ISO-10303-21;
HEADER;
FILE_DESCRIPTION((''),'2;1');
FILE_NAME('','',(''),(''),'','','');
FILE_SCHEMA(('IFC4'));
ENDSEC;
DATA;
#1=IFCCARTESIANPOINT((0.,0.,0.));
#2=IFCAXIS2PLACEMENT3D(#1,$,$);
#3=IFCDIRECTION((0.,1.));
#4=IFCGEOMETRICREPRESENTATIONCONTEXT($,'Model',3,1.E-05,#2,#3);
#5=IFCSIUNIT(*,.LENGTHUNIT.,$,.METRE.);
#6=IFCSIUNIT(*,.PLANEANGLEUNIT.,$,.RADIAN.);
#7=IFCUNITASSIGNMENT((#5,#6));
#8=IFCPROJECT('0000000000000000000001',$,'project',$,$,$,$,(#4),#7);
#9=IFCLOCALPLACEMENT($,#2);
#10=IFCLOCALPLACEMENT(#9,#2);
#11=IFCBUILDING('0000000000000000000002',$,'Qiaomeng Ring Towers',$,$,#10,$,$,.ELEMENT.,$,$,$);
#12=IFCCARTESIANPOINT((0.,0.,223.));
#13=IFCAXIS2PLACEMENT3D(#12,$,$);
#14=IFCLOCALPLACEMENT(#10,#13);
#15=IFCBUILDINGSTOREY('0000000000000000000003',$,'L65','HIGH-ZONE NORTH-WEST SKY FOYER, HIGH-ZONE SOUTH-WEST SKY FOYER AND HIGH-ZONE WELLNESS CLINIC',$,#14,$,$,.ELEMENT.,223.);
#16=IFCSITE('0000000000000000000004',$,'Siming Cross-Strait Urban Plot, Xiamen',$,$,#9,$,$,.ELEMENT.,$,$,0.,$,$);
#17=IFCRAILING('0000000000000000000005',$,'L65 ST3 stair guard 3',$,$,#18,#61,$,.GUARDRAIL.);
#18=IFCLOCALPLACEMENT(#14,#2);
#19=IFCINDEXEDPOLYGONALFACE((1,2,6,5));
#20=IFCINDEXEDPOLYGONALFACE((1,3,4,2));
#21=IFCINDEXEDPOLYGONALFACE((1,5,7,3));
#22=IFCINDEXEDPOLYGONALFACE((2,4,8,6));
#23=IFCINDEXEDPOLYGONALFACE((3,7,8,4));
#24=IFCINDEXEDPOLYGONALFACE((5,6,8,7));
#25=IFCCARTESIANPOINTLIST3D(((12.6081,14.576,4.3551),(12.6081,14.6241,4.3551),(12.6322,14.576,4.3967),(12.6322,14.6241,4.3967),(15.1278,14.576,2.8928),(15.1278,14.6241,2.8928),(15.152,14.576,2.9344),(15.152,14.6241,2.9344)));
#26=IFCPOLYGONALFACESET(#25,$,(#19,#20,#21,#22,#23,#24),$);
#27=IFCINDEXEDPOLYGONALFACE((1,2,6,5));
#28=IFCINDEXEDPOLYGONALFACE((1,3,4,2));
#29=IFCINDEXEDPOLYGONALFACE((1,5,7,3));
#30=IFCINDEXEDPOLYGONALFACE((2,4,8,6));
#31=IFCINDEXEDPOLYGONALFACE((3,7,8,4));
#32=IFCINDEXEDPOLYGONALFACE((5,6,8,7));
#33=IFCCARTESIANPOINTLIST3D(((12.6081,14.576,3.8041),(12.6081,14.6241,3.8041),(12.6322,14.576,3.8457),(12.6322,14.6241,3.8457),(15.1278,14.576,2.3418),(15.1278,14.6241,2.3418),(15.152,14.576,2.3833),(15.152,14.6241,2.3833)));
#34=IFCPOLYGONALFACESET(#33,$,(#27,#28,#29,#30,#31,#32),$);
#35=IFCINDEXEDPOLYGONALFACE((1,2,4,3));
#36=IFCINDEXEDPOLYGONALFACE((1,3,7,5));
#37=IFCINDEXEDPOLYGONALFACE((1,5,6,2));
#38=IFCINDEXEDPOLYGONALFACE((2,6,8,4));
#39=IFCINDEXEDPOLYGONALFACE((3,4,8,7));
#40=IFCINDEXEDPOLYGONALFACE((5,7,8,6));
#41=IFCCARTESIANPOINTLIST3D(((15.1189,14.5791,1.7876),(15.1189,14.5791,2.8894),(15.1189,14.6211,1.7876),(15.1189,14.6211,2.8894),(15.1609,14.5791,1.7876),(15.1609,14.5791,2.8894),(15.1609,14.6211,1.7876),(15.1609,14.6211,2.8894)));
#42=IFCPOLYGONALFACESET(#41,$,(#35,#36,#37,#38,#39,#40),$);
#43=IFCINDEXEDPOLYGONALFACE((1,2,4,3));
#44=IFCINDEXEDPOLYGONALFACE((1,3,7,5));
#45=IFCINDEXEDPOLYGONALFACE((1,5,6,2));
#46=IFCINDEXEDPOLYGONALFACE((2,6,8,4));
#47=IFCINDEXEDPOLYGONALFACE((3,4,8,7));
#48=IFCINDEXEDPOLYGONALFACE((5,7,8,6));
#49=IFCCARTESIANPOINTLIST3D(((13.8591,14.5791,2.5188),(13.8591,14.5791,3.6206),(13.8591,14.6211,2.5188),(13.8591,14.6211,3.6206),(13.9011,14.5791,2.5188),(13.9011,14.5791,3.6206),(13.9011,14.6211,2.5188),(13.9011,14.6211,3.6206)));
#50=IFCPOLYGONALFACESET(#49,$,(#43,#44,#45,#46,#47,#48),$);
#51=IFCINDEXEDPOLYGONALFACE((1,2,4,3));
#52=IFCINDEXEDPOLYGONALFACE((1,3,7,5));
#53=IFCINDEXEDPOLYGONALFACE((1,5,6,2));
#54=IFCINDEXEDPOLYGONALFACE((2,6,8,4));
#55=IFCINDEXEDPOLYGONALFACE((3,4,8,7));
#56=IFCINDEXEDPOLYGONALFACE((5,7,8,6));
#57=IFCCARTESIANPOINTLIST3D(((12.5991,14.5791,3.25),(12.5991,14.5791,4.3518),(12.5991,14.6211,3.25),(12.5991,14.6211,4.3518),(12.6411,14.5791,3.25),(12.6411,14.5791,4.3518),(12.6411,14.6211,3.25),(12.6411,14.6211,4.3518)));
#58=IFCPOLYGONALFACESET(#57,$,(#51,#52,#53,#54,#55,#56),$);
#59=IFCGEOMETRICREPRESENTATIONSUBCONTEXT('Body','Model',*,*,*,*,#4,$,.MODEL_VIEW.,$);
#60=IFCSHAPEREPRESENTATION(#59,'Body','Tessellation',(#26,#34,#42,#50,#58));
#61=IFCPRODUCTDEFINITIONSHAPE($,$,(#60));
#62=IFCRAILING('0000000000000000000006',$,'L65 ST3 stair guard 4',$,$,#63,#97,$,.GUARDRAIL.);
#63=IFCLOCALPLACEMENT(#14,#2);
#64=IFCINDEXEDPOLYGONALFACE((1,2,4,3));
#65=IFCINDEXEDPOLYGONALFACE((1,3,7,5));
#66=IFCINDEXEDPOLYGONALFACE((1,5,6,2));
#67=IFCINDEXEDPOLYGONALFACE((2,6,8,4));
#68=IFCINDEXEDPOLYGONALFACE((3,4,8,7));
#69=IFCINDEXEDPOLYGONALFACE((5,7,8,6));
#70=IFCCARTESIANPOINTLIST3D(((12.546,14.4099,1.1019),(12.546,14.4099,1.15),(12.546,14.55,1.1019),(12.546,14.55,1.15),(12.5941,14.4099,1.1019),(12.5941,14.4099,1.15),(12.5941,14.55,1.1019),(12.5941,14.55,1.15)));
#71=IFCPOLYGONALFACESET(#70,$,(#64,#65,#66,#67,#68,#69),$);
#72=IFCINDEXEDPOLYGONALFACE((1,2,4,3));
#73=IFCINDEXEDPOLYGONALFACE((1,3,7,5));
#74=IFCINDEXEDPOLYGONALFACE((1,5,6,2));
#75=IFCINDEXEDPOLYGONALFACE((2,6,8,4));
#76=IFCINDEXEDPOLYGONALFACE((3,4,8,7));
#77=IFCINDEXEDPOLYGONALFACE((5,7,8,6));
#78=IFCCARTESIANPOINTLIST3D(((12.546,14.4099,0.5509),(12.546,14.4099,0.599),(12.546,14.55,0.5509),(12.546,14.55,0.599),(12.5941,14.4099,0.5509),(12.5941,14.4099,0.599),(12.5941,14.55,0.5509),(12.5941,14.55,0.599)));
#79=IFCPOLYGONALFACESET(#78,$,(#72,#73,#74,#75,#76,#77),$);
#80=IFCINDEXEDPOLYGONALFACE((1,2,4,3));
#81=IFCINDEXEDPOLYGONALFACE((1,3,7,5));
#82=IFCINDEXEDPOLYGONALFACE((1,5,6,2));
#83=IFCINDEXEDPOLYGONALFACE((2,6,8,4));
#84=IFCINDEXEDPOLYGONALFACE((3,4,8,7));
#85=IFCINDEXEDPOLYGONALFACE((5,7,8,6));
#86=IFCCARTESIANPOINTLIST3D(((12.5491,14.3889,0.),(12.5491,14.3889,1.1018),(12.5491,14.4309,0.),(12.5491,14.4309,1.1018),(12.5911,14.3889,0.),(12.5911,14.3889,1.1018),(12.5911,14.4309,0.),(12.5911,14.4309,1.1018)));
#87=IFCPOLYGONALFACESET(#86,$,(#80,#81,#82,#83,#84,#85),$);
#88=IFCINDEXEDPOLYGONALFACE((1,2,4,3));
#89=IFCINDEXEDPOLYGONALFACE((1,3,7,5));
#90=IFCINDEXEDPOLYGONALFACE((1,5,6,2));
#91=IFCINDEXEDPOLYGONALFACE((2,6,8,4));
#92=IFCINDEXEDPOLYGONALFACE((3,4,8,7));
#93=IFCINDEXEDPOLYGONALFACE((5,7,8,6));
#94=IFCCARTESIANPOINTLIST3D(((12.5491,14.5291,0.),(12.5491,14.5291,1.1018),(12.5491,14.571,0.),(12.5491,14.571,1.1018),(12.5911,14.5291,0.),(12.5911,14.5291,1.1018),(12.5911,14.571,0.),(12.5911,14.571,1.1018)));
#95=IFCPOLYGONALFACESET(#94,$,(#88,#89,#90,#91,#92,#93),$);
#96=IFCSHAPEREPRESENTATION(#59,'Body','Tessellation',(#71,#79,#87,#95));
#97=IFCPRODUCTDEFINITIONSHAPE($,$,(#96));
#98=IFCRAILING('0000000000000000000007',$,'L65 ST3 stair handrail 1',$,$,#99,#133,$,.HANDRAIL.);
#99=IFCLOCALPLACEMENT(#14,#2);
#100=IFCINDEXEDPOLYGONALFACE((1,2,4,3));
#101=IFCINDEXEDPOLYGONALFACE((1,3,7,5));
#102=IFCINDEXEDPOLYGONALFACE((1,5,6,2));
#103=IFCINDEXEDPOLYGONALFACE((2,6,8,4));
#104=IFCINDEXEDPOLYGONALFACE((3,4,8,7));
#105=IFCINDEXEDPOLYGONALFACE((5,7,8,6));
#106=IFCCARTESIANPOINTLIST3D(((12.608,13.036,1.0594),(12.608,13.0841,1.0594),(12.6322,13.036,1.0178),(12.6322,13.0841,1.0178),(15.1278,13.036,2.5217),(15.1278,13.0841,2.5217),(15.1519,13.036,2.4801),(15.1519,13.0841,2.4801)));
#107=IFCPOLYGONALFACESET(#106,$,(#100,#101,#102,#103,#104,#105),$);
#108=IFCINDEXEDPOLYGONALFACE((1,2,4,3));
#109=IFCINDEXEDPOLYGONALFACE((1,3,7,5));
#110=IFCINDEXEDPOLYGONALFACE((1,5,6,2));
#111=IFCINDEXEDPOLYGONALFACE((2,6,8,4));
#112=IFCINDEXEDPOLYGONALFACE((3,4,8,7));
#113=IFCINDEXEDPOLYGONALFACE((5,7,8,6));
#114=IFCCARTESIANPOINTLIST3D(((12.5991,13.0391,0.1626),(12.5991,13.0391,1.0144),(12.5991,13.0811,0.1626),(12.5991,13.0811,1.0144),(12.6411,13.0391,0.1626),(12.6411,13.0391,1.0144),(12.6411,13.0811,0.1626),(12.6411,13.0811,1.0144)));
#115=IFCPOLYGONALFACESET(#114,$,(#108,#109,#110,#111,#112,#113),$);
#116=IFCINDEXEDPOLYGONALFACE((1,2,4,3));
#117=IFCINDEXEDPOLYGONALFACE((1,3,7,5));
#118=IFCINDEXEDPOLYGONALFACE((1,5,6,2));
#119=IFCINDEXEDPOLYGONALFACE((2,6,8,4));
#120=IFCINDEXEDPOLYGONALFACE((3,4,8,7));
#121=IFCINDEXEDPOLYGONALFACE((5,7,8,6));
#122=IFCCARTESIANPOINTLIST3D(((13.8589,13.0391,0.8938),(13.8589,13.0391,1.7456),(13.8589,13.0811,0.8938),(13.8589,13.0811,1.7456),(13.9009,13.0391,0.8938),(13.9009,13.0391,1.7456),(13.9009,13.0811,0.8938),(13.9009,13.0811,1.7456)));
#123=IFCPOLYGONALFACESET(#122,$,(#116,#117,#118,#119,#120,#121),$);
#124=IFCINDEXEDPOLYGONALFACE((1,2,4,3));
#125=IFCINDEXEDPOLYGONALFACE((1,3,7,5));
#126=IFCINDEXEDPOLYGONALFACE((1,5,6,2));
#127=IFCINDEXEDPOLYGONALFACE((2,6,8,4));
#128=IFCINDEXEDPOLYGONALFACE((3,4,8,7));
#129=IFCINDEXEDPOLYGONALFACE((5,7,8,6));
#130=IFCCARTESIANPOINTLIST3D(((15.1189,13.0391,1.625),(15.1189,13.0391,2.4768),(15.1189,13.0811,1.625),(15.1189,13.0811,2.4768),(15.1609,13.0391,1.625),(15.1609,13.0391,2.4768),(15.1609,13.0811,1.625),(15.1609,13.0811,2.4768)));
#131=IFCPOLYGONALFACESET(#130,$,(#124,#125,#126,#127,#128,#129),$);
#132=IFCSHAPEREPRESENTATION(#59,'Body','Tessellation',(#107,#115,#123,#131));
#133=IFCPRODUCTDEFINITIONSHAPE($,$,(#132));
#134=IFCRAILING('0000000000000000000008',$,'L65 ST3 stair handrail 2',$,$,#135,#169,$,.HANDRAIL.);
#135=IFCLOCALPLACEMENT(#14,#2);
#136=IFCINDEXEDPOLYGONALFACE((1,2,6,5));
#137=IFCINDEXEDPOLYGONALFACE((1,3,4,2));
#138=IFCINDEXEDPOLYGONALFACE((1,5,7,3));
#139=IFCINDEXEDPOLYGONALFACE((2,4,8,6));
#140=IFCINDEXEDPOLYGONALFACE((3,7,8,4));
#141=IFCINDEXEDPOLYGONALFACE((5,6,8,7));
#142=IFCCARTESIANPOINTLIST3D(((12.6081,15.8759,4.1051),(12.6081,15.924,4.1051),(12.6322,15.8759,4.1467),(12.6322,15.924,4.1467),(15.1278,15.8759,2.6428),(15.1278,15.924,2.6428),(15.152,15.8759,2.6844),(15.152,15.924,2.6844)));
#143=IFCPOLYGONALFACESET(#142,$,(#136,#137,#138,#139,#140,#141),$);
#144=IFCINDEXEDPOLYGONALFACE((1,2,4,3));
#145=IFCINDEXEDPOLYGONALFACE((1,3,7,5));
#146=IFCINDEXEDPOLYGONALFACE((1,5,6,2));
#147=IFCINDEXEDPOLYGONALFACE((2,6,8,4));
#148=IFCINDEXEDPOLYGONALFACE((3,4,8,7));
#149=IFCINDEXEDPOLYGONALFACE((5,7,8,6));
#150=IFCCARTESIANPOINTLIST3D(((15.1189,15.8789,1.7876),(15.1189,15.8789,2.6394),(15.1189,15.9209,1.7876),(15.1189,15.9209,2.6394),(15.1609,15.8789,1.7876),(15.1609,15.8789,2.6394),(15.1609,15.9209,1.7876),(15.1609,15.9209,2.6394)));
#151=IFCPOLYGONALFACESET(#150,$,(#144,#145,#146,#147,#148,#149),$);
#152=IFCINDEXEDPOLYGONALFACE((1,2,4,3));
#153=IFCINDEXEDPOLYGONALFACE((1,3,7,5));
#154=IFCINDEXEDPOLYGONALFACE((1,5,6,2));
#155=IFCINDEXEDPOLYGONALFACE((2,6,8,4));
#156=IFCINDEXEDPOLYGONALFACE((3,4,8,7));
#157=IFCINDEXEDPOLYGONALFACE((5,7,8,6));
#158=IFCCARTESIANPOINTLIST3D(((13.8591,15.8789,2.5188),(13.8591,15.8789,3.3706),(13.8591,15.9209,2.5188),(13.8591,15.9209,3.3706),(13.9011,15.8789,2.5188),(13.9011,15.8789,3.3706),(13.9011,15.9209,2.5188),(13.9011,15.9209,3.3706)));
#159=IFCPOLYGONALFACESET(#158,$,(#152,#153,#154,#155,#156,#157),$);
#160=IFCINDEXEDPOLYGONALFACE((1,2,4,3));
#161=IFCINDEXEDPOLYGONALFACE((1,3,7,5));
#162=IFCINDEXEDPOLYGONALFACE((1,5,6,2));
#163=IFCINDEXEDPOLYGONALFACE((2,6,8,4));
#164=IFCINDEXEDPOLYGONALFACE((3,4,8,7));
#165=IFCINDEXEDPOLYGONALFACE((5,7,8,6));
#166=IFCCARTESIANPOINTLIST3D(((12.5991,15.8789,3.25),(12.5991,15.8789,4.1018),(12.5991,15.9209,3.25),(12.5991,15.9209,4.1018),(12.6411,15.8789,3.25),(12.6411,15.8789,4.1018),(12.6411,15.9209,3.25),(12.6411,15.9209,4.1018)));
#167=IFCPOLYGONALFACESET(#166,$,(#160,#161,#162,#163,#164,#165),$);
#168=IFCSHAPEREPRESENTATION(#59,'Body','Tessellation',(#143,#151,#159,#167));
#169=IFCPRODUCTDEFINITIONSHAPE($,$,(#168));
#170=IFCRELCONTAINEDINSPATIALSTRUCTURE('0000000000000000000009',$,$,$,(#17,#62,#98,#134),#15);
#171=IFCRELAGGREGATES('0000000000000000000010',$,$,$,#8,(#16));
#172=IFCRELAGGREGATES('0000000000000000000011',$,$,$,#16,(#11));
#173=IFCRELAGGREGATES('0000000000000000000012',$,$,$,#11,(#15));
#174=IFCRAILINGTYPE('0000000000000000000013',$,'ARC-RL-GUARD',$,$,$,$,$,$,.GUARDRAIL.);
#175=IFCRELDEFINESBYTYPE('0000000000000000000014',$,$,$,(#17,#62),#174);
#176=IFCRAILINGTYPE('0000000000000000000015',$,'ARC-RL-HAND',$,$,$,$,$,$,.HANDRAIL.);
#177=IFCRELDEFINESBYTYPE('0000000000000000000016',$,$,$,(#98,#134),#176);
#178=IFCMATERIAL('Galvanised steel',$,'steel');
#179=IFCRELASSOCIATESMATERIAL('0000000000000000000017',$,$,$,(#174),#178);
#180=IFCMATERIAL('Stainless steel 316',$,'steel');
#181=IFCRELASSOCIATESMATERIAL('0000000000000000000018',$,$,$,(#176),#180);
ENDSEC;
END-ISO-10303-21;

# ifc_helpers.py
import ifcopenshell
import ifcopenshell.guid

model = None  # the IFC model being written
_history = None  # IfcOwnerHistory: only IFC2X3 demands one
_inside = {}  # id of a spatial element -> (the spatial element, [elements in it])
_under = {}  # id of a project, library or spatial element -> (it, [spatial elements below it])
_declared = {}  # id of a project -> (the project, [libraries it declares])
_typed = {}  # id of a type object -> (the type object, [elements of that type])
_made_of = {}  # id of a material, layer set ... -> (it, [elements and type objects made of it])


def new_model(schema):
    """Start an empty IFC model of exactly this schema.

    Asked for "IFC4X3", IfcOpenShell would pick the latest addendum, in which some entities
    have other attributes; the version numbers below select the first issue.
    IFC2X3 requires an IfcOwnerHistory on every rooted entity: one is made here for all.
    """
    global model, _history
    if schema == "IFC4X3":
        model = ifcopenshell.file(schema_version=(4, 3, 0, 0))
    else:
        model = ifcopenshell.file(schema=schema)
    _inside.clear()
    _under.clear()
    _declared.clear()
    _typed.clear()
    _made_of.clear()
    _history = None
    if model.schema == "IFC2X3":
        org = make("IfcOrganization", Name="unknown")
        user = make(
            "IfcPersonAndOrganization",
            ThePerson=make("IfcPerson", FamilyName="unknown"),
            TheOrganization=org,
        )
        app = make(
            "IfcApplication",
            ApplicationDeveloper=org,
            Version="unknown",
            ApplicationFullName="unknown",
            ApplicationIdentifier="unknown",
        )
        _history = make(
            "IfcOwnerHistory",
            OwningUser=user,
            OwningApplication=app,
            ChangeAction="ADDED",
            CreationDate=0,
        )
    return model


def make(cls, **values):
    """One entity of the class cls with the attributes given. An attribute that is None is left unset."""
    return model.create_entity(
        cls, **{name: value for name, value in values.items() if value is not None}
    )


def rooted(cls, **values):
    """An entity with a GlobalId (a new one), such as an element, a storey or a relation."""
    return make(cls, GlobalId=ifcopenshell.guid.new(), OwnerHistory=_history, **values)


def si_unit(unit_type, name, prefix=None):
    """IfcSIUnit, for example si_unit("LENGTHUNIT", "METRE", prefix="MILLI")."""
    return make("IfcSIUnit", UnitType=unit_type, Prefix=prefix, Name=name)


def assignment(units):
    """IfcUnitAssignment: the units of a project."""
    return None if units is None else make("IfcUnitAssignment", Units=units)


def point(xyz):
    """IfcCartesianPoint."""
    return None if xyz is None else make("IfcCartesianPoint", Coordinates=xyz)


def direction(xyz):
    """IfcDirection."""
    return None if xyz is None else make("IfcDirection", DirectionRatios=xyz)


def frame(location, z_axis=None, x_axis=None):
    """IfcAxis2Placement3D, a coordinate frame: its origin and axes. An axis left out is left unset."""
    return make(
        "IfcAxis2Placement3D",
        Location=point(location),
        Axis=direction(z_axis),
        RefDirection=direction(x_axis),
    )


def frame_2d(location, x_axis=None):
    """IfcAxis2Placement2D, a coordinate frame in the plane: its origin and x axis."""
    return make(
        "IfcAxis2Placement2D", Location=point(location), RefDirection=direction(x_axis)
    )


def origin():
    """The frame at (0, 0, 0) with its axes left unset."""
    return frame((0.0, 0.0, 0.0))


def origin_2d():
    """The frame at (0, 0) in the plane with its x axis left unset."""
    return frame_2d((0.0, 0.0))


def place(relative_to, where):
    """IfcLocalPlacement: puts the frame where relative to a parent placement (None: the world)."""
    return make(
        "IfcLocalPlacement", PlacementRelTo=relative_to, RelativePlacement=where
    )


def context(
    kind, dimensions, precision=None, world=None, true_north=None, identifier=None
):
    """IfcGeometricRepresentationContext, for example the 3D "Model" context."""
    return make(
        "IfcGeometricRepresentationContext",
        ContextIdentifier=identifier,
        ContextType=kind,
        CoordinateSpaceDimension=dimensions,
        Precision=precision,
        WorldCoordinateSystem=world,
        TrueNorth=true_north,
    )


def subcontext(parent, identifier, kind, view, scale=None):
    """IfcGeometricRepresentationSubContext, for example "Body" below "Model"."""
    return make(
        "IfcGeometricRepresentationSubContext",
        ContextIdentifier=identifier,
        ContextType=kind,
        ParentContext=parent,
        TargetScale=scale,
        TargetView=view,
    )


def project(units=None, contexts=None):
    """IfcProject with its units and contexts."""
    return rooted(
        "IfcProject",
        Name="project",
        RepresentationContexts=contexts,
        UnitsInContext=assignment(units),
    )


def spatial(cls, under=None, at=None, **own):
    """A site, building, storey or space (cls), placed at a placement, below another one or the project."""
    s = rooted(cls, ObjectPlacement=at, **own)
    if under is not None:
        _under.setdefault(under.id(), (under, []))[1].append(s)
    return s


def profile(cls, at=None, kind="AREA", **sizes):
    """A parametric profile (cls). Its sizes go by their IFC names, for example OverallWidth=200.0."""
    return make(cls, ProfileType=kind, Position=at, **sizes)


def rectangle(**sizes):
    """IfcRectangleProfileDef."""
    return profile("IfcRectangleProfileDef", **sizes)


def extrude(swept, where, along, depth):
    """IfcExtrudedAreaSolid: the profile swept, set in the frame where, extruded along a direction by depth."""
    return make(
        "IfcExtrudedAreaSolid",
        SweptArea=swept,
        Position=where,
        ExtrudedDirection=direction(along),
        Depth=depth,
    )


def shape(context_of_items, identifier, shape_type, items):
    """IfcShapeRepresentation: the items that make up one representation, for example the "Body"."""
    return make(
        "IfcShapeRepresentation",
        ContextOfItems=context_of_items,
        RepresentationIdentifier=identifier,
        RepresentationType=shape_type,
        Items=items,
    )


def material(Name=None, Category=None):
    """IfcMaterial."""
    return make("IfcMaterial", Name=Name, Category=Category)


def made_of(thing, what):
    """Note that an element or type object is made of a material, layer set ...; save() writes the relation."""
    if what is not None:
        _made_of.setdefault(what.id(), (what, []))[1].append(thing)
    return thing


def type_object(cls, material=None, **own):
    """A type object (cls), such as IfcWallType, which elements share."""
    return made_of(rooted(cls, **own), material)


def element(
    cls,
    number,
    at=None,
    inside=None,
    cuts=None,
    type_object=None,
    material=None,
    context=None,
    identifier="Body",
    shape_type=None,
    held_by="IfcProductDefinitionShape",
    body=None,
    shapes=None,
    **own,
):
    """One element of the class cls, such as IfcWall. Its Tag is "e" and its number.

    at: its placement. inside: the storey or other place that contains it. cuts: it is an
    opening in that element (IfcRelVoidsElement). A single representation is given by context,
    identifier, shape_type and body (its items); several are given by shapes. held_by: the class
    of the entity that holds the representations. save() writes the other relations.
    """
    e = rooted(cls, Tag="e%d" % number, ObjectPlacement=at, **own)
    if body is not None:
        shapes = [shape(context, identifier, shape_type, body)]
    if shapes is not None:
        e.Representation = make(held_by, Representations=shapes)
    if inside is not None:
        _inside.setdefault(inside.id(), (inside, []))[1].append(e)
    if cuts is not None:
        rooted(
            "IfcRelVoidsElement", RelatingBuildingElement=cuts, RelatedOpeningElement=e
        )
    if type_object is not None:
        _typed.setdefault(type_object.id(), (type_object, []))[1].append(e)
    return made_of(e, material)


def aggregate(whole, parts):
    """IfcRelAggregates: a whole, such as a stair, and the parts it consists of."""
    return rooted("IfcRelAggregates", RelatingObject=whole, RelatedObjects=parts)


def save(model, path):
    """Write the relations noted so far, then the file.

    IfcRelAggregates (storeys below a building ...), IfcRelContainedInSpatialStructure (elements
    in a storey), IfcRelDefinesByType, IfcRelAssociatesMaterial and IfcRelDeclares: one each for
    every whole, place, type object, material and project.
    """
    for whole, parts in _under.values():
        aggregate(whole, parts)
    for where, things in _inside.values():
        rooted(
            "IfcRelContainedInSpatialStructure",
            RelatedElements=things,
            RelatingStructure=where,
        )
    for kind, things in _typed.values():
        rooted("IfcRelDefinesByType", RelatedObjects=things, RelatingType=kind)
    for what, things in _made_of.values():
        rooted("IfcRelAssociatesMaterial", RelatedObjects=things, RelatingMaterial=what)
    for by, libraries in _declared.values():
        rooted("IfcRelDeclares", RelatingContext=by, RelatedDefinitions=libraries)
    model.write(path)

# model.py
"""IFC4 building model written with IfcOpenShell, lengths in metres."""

from ifc_helpers import new_model, si_unit, direction, frame, origin, origin_2d, place, context, subcontext, project, spatial, rectangle, extrude, material, type_object, element, save


model = new_model("IFC4")

# Units and contexts
model_context = context("Model", 3, precision=1e-05, world=origin(), true_north=direction((0.0, 1.0)))
body_context = subcontext(model_context, "Body", "Model", "MODEL_VIEW")
ifc_project = project(units=[si_unit("LENGTHUNIT", "METRE"), si_unit("PLANEANGLEUNIT", "RADIAN")], contexts=[model_context])

# Site, building, storey
site_placement = place(None, origin())
site = spatial("IfcSite", under=ifc_project, at=site_placement, Name="Siming Cross-Strait Urban Plot, Xiamen", CompositionType="ELEMENT", RefElevation=0.0)
building_placement = place(site_placement, origin())
building = spatial("IfcBuilding", under=site, at=building_placement, Name="Qiaomeng Ring Towers", CompositionType="ELEMENT")
storey_placement = place(building_placement, frame((0.0, 0.0, 223.0)))
storey = spatial("IfcBuildingStorey", under=building, at=storey_placement, Name="L65", Description="HIGH-ZONE NORTH-WEST SKY FOYER, HIGH-ZONE SOUTH-WEST SKY FOYER AND HIGH-ZONE WELLNESS CLINIC", CompositionType="ELEMENT", Elevation=223.0)

# Railings
ifc_material_1 = material(Name="Galvanised steel", Category="steel")
railing_type_1 = type_object("IfcRailingType", Name="ARC-RL-GUARD", PredefinedType="GUARDRAIL", material=ifc_material_1)
railing_1_placement = place(storey_placement, frame((15.1399, 14.6001, 1.7876)))
element("IfcRailing", 1, at=railing_1_placement, inside=storey, type_object=railing_type_1, Name="L65 ST3 stair guard 3", PredefinedType="GUARDRAIL", context=body_context, shape_type="SweptSolid", body=[
    extrude(rectangle(XDim=0.0481, YDim=0.0481, at=origin_2d()), frame((0.0, 0.0, 1.126), z_axis=(-0.864892, 0.0, 0.501958), x_axis=(0.0, -1.0, 0.0)), (0.0, 0.0, 1.0), 2.9133),
    extrude(rectangle(XDim=0.0481, YDim=0.0481, at=origin_2d()), frame((0.0, 0.0, 0.575), z_axis=(-0.864892, 0.0, 0.501958), x_axis=(0.0, -1.0, 0.0)), (0.0, 0.0, 1.0), 2.9133),
    extrude(rectangle(XDim=0.042, YDim=0.042, at=origin_2d()), origin(), (0.0, 0.0, 1.0), 1.1018),
    extrude(rectangle(XDim=0.042, YDim=0.042, at=origin_2d()), frame((-1.2598, 0.0, 0.7312)), (0.0, 0.0, 1.0), 1.1018),
    extrude(rectangle(XDim=0.042, YDim=0.042, at=origin_2d()), frame((-2.5198, 0.0, 1.4624)), (0.0, 0.0, 1.0), 1.1018),
])
railing_2_placement = place(storey_placement, frame((12.5701, 14.4099, 0.0)))
element("IfcRailing", 2, at=railing_2_placement, inside=storey, type_object=railing_type_1, Name="L65 ST3 stair guard 4", PredefinedType="GUARDRAIL", context=body_context, shape_type="SweptSolid", body=[
    extrude(rectangle(XDim=0.0481, YDim=0.0481, at=origin_2d()), frame((0.0, 0.0, 1.126), z_axis=(0.0, 1.0, 0.0), x_axis=(-1.0, 0.0, 0.0)), (0.0, 0.0, 1.0), 0.1401),
    extrude(rectangle(XDim=0.0481, YDim=0.0481, at=origin_2d()), frame((0.0, 0.0, 0.575), z_axis=(0.0, 1.0, 0.0), x_axis=(-1.0, 0.0, 0.0)), (0.0, 0.0, 1.0), 0.1401),
    extrude(rectangle(XDim=0.042, YDim=0.042, at=origin_2d()), origin(), (0.0, 0.0, 1.0), 1.1018),
    extrude(rectangle(XDim=0.042, YDim=0.042, at=origin_2d()), frame((0.0, 0.1401, 0.0)), (0.0, 0.0, 1.0), 1.1018),
])
ifc_material_2 = material(Name="Stainless steel 316", Category="steel")
railing_type_2 = type_object("IfcRailingType", Name="ARC-RL-HAND", PredefinedType="HANDRAIL", material=ifc_material_2)
railing_3_placement = place(storey_placement, frame((12.6201, 13.0601, 0.1626)))
element("IfcRailing", 3, at=railing_3_placement, inside=storey, type_object=railing_type_2, Name="L65 ST3 stair handrail 1", PredefinedType="HANDRAIL", context=body_context, shape_type="SweptSolid", body=[
    extrude(rectangle(XDim=0.0481, YDim=0.0481, at=origin_2d()), frame((0.0, 0.0, 0.876), z_axis=(0.864892, 0.0, 0.501958), x_axis=(0.0, 1.0, 0.0)), (0.0, 0.0, 1.0), 2.9133),
    extrude(rectangle(XDim=0.042, YDim=0.042, at=origin_2d()), origin(), (0.0, 0.0, 1.0), 0.8518),
    extrude(rectangle(XDim=0.042, YDim=0.042, at=origin_2d()), frame((1.2598, 0.0, 0.7312)), (0.0, 0.0, 1.0), 0.8518),
    extrude(rectangle(XDim=0.042, YDim=0.042, at=origin_2d()), frame((2.5198, 0.0, 1.4624)), (0.0, 0.0, 1.0), 0.8518),
])
railing_4_placement = place(storey_placement, frame((15.1399, 15.8999, 1.7876)))
element("IfcRailing", 4, at=railing_4_placement, inside=storey, type_object=railing_type_2, Name="L65 ST3 stair handrail 2", PredefinedType="HANDRAIL", context=body_context, shape_type="SweptSolid", body=[
    extrude(rectangle(XDim=0.0481, YDim=0.0481, at=origin_2d()), frame((0.0, 0.0, 0.876), z_axis=(-0.864892, 0.0, 0.501958), x_axis=(0.0, -1.0, 0.0)), (0.0, 0.0, 1.0), 2.9133),
    extrude(rectangle(XDim=0.042, YDim=0.042, at=origin_2d()), origin(), (0.0, 0.0, 1.0), 0.8518),
    extrude(rectangle(XDim=0.042, YDim=0.042, at=origin_2d()), frame((-1.2598, 0.0, 0.7312)), (0.0, 0.0, 1.0), 0.8518),
    extrude(rectangle(XDim=0.042, YDim=0.042, at=origin_2d()), frame((-2.5198, 0.0, 1.4624)), (0.0, 0.0, 1.0), 0.8518),
])

save(model, "model.ifc")
